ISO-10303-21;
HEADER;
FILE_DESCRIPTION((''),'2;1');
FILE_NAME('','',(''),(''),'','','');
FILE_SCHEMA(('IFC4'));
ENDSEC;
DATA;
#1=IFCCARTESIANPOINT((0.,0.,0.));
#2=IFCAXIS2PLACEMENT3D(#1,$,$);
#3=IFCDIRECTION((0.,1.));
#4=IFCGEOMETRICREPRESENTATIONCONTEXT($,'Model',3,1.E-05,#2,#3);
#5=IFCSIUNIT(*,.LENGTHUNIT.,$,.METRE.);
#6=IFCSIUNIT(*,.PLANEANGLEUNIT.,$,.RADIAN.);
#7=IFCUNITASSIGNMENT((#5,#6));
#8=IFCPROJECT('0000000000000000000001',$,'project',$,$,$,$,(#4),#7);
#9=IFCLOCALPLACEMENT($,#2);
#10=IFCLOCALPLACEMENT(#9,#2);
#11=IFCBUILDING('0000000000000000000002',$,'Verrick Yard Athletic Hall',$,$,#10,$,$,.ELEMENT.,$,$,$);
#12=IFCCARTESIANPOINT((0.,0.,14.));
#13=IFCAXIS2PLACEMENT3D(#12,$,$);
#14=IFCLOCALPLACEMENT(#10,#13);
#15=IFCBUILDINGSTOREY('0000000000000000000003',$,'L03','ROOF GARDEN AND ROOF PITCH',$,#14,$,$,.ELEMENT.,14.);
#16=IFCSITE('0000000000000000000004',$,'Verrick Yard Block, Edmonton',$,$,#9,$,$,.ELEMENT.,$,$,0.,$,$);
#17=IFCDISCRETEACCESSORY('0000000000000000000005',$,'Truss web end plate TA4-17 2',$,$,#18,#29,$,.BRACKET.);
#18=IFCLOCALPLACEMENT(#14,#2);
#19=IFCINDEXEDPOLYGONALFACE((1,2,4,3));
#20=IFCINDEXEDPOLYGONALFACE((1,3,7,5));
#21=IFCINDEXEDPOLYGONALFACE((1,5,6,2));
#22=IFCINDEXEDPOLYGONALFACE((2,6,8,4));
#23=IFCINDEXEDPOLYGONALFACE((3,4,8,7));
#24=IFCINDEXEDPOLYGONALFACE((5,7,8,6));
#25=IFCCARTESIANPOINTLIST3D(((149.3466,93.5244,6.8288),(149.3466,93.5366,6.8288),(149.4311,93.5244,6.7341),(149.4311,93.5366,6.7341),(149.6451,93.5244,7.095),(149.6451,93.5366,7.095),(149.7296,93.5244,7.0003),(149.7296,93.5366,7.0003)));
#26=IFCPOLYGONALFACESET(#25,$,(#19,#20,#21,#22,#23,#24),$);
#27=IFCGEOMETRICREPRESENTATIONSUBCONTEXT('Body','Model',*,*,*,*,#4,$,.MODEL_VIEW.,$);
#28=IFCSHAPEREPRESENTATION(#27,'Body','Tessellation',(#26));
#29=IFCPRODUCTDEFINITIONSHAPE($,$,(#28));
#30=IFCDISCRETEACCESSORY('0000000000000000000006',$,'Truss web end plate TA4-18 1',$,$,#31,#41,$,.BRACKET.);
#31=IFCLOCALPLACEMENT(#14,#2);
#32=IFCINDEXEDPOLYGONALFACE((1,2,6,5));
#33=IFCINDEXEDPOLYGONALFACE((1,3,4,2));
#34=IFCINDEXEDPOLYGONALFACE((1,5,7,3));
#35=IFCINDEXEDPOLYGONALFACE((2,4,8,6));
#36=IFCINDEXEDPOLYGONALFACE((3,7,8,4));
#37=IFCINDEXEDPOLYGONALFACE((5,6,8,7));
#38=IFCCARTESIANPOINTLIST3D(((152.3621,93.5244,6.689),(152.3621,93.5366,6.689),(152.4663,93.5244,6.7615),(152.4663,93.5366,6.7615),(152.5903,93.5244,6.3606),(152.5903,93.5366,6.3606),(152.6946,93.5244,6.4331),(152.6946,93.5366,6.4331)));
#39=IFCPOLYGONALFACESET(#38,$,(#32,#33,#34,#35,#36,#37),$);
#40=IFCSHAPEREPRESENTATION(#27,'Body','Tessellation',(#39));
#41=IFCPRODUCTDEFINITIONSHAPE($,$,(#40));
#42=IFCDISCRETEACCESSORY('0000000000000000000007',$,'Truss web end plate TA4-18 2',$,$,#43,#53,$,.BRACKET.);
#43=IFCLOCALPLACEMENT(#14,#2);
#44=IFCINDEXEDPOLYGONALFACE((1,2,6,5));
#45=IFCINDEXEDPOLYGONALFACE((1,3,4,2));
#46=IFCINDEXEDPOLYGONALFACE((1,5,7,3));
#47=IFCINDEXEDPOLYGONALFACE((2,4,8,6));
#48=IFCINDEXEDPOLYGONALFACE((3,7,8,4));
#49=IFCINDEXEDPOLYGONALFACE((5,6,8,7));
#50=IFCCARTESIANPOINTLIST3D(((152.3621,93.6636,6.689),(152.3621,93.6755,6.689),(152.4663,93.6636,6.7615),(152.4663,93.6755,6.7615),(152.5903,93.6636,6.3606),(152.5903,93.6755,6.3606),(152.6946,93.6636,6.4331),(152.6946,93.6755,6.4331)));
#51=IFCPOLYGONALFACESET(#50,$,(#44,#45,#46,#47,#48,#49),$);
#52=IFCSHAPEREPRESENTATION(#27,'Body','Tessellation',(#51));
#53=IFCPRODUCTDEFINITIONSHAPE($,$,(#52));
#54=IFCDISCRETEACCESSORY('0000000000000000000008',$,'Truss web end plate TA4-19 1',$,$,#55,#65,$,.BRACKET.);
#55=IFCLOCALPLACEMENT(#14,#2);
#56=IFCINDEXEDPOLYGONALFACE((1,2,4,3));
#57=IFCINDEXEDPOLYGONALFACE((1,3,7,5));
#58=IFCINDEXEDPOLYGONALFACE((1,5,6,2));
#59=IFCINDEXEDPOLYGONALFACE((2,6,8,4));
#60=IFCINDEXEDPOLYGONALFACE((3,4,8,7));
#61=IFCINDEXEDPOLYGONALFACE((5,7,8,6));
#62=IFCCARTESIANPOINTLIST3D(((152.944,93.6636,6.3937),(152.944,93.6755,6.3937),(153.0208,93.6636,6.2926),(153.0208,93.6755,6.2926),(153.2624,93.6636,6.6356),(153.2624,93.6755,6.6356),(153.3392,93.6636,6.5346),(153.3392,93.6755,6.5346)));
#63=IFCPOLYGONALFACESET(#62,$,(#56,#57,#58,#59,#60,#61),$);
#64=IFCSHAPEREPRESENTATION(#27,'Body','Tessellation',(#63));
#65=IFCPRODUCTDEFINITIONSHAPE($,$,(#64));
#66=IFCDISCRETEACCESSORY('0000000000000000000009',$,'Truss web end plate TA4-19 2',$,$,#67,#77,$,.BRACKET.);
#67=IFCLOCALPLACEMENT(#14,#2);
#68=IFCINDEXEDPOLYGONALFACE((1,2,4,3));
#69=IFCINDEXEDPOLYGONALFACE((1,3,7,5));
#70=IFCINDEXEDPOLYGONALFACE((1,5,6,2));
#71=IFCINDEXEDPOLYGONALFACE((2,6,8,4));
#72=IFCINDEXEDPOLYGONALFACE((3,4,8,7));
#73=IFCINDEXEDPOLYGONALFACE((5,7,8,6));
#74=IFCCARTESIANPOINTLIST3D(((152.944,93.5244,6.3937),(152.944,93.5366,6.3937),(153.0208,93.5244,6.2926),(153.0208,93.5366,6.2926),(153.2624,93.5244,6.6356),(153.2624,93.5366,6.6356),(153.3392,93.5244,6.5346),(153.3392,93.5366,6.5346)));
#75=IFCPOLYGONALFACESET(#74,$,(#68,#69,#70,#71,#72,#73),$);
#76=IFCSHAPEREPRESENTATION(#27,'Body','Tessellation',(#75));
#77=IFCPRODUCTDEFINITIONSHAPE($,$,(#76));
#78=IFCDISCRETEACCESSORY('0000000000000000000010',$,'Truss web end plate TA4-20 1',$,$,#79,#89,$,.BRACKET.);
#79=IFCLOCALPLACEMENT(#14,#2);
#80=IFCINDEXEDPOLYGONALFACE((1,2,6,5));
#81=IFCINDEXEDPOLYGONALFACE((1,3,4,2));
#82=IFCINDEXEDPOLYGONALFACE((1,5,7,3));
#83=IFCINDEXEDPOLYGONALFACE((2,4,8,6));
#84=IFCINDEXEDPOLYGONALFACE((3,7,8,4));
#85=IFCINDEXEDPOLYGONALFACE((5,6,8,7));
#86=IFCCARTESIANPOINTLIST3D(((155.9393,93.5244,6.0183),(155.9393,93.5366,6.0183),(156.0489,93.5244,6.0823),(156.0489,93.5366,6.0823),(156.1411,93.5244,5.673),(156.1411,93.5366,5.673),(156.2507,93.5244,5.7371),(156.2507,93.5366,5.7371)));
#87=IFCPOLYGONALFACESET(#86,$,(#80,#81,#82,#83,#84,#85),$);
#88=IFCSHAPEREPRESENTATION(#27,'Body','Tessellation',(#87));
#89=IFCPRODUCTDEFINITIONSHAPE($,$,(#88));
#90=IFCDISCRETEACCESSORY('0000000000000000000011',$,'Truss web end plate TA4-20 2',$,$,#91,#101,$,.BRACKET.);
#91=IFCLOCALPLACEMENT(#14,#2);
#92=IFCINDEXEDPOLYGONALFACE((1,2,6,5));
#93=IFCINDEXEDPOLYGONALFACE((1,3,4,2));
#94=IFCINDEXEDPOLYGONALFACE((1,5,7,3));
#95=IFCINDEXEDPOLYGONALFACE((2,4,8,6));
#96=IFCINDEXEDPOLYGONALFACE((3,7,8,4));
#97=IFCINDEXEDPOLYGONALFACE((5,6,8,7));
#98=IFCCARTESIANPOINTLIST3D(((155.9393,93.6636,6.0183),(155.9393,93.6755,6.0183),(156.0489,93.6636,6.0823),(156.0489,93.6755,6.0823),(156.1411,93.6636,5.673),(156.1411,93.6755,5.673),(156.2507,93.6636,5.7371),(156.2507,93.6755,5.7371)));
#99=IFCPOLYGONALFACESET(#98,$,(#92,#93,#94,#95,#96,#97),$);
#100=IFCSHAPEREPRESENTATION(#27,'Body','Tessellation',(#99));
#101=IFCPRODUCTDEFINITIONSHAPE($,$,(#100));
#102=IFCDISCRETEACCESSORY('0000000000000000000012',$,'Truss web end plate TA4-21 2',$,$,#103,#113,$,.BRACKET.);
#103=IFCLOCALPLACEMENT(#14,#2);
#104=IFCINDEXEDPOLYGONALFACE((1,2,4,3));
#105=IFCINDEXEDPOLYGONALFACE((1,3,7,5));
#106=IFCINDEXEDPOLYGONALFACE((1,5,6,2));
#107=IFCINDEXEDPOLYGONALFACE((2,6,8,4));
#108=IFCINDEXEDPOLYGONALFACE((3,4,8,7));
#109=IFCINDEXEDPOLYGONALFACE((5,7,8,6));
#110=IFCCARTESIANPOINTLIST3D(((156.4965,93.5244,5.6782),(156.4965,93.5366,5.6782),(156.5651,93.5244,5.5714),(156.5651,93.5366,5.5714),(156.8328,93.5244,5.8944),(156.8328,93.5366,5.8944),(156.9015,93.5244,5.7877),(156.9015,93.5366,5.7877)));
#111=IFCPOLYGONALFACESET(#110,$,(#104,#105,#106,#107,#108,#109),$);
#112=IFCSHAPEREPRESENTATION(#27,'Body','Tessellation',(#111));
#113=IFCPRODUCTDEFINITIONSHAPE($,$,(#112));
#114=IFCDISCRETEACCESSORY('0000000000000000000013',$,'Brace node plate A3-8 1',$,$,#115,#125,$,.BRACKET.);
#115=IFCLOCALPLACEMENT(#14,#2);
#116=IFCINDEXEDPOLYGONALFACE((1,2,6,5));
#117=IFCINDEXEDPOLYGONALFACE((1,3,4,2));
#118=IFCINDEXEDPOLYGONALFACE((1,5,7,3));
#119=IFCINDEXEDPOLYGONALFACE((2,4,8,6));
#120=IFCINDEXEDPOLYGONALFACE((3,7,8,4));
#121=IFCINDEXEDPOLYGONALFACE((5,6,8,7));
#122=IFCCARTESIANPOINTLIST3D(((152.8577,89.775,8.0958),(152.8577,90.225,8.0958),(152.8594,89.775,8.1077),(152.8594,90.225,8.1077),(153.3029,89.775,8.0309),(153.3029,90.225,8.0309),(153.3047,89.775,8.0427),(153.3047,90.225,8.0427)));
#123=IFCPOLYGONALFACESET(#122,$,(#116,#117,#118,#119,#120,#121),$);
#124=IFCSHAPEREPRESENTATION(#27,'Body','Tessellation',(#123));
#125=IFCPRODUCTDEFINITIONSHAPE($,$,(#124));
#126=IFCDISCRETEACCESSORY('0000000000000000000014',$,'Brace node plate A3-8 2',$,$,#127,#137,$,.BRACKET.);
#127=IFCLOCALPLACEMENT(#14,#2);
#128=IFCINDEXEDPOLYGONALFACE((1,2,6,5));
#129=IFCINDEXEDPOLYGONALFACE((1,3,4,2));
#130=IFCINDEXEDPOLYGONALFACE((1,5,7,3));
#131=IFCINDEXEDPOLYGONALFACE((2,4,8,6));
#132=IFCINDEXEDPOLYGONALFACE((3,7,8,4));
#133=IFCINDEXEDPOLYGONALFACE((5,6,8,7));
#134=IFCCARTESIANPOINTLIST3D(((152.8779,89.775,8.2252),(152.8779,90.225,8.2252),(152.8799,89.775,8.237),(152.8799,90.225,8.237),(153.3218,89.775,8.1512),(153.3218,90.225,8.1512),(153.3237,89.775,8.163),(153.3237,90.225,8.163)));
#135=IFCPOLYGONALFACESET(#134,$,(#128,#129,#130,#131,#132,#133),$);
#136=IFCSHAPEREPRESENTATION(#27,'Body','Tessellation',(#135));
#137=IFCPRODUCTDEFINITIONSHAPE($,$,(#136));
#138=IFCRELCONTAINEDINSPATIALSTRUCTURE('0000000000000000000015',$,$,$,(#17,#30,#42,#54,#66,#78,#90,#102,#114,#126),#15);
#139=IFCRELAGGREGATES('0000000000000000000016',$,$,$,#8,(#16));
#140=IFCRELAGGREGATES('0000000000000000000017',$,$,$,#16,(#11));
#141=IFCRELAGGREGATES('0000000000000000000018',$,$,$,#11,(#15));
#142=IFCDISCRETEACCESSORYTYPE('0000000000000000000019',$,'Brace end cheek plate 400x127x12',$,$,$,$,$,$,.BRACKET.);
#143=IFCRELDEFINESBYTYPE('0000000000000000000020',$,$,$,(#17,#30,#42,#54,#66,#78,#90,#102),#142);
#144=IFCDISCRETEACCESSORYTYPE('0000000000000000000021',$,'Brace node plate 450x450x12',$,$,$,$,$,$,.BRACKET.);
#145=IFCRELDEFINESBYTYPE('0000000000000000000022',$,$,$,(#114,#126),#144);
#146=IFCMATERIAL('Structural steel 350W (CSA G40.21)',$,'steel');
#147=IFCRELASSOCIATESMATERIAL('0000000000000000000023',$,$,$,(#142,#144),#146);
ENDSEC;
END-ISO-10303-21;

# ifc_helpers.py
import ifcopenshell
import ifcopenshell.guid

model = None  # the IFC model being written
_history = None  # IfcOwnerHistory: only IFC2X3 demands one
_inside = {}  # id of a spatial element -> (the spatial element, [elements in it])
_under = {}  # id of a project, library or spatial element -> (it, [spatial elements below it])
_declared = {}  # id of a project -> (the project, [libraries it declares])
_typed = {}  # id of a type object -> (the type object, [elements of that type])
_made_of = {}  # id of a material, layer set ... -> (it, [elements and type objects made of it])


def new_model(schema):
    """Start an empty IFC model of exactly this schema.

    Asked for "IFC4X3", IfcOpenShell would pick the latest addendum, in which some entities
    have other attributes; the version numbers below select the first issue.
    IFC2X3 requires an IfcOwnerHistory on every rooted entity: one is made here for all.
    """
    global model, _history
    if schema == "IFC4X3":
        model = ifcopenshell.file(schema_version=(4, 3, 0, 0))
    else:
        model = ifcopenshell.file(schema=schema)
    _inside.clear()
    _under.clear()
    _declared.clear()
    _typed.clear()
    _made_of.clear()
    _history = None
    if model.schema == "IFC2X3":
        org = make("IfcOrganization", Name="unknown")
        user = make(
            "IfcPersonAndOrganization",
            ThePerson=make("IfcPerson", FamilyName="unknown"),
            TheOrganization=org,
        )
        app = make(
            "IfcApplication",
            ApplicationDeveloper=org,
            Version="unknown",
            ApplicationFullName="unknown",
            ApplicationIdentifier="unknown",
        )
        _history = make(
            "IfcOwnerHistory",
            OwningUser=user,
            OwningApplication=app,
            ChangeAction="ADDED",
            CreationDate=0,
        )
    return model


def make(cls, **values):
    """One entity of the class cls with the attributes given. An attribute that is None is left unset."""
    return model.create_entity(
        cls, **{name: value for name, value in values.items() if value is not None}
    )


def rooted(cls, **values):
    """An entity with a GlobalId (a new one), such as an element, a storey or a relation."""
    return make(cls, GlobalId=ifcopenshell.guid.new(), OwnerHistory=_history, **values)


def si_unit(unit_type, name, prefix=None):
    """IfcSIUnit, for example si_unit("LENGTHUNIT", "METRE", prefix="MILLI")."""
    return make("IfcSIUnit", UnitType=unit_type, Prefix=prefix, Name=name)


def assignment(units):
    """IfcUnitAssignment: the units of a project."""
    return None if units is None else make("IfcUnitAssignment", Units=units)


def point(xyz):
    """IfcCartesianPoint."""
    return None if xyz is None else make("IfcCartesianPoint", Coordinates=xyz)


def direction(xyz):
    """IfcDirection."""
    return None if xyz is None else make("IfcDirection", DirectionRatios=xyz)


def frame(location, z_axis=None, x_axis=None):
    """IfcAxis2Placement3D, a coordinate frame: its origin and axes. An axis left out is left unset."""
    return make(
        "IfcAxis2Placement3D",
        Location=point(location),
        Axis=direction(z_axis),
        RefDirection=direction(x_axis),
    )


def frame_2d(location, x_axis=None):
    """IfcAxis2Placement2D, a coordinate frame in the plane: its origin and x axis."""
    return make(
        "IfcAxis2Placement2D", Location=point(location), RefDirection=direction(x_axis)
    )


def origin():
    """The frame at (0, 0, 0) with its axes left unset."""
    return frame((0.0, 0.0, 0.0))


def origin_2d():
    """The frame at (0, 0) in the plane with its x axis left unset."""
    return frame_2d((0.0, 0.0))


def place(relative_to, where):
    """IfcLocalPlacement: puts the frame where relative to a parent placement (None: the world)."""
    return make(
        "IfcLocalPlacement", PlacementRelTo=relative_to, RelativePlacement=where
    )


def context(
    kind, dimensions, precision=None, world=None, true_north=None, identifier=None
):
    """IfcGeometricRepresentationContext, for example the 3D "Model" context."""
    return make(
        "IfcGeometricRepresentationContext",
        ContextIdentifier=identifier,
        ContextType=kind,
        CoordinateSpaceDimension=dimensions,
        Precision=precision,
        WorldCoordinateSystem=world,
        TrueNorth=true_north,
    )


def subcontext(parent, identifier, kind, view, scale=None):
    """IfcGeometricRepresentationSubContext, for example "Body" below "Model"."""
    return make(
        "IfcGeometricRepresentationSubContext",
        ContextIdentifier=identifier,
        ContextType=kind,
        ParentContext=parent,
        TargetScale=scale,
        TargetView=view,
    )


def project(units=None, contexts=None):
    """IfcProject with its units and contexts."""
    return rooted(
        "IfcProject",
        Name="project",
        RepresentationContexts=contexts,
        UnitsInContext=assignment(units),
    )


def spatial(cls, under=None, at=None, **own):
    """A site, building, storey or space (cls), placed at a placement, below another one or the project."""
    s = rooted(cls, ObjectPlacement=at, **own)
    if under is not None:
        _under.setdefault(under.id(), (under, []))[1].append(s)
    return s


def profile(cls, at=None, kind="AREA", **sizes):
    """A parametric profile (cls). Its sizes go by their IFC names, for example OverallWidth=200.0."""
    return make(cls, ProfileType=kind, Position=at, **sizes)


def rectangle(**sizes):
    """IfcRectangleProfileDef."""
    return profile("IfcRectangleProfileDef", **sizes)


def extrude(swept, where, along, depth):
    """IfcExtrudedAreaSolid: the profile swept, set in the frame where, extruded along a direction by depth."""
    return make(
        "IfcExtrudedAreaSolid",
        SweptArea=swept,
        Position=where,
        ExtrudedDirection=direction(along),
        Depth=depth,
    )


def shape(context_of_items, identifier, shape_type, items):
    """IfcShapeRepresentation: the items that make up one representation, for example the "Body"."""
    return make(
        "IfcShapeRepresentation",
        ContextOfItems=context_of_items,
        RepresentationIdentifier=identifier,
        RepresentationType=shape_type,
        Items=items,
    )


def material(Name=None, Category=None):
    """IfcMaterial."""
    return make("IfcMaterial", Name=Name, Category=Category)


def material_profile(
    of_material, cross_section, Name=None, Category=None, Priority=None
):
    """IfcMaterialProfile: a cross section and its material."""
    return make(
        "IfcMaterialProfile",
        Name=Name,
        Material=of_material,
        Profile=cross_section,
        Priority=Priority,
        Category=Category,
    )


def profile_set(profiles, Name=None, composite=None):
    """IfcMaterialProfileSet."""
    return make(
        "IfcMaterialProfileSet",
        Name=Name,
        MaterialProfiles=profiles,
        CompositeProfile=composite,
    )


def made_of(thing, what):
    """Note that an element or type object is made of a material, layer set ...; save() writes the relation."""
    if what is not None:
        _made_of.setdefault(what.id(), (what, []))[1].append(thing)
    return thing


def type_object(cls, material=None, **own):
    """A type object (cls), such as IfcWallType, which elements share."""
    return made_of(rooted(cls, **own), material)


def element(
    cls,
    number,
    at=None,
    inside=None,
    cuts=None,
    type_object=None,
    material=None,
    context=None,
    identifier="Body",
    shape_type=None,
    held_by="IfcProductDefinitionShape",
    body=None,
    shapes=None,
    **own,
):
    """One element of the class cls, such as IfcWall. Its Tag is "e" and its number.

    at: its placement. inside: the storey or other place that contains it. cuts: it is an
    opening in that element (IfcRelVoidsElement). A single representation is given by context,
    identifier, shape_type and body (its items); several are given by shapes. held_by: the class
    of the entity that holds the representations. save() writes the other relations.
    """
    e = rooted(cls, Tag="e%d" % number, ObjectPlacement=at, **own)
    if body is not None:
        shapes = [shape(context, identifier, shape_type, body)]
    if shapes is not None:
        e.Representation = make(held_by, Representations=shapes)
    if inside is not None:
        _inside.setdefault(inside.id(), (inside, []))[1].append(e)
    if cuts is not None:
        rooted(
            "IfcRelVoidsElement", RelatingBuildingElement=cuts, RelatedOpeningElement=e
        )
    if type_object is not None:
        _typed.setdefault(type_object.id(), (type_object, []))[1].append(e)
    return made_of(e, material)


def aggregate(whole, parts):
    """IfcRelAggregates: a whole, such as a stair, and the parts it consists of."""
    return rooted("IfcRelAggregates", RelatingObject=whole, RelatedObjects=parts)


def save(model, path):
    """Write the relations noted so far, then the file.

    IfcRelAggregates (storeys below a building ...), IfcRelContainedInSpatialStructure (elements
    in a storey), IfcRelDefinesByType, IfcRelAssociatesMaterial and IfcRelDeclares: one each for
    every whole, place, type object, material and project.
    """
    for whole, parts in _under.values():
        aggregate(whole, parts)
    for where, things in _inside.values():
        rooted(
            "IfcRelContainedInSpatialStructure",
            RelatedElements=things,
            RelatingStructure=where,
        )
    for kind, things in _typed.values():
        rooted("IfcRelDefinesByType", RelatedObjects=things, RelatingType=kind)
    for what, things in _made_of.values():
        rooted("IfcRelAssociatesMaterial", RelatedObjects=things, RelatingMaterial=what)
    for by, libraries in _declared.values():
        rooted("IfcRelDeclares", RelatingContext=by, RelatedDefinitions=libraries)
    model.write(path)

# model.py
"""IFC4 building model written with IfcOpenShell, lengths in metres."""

from ifc_helpers import new_model, si_unit, direction, frame, origin, origin_2d, place, context, subcontext, project, spatial, rectangle, extrude, material, material_profile, profile_set, type_object, element, save


model = new_model("IFC4")

# Units and contexts
model_context = context("Model", 3, precision=1e-05, world=origin(), true_north=direction((0.0, 1.0)))
body_context = subcontext(model_context, "Body", "Model", "MODEL_VIEW")
ifc_project = project(units=[si_unit("LENGTHUNIT", "METRE"), si_unit("PLANEANGLEUNIT", "RADIAN")], contexts=[model_context])

# Site, building, storey
site_placement = place(None, origin())
site = spatial("IfcSite", under=ifc_project, at=site_placement, Name="Verrick Yard Block, Edmonton", CompositionType="ELEMENT", RefElevation=0.0)
building_placement = place(site_placement, origin())
building = spatial("IfcBuilding", under=site, at=building_placement, Name="Verrick Yard Athletic Hall", CompositionType="ELEMENT")
storey_placement = place(building_placement, frame((0.0, 0.0, 14.0)))
storey = spatial("IfcBuildingStorey", under=building, at=storey_placement, Name="L03", Description="ROOF GARDEN AND ROOF PITCH", CompositionType="ELEMENT", Elevation=14.0)

# Discrete accessories
ifc_material_1 = material(Name="Structural steel 350W (CSA G40.21)", Category="steel")
ifc_material_profile_1 = material_profile(ifc_material_1, rectangle(XDim=0.3999, YDim=0.127, at=origin_2d()), Name="Brace end cheek plate")
ifc_profile_set_1 = profile_set([ifc_material_profile_1], Name="Structural steel 350W (CSA G40.21)")
discrete_accessory_type_1 = type_object("IfcDiscreteAccessoryType", Name="Brace end cheek plate 400x127x12", PredefinedType="BRACKET", material=ifc_profile_set_1)
for number, where, z_axis, x_axis, name in (
    (1, (149.5381, 93.5366, 6.9146), (0.0, -1.0, 0.0), (0.746352, 0.0, 0.665551), "Truss web end plate TA4-17 2"),
    (2, (152.5283, 93.5366, 6.561), (0.0, -1.0, 0.0), (-0.570674, 0.0, 0.821176), "Truss web end plate TA4-18 1"),
):
    element("IfcDiscreteAccessory", number, at=place(storey_placement, frame(where, z_axis=z_axis, x_axis=x_axis)), inside=storey, type_object=discrete_accessory_type_1, Name=name, PredefinedType="BRACKET", context=body_context, shape_type="SweptSolid", body=[
        extrude(rectangle(XDim=0.3999, YDim=0.127, at=origin_2d()), origin(), (0.0, 0.0, 1.0), 0.0122),
    ])
for number, where, z_axis, x_axis, name in (
    (3, (152.5283, 93.6636, 6.561), (0.0, 1.0, 0.0), (-0.570674, 0.0, 0.821176), "Truss web end plate TA4-18 2"),
    (4, (153.1416, 93.6636, 6.4641), (0.0, 1.0, 0.0), (0.796193, 0.0, 0.605042), "Truss web end plate TA4-19 1"),
):
    element("IfcDiscreteAccessory", number, at=place(storey_placement, frame(where, z_axis=z_axis, x_axis=x_axis)), inside=storey, type_object=discrete_accessory_type_1, Name=name, PredefinedType="BRACKET", context=body_context, shape_type="SweptSolid", body=[
        extrude(rectangle(XDim=0.3999, YDim=0.127, at=origin_2d()), origin(), (0.0, 0.0, 1.0), 0.012),
    ])
for number, where, z_axis, x_axis, name in (
    (5, (153.1416, 93.5366, 6.4641), (0.0, -1.0, 0.0), (0.796193, 0.0, 0.605042), "Truss web end plate TA4-19 2"),
    (6, (156.095, 93.5366, 5.8777), (0.0, -1.0, 0.0), (-0.504597, 0.0, 0.863355), "Truss web end plate TA4-20 1"),
):
    element("IfcDiscreteAccessory", number, at=place(storey_placement, frame(where, z_axis=z_axis, x_axis=x_axis)), inside=storey, type_object=discrete_accessory_type_1, Name=name, PredefinedType="BRACKET", context=body_context, shape_type="SweptSolid", body=[
        extrude(rectangle(XDim=0.3999, YDim=0.127, at=origin_2d()), origin(), (0.0, 0.0, 1.0), 0.0122),
    ])
discrete_accessory_1_placement = place(storey_placement, frame((156.095, 93.6636, 5.8777), z_axis=(0.0, 1.0, 0.0), x_axis=(-0.504597, 0.0, 0.863355)))
element("IfcDiscreteAccessory", 7, at=discrete_accessory_1_placement, inside=storey, type_object=discrete_accessory_type_1, Name="Truss web end plate TA4-20 2", PredefinedType="BRACKET", context=body_context, shape_type="SweptSolid", body=[
    extrude(rectangle(XDim=0.3999, YDim=0.127, at=origin_2d()), origin(), (0.0, 0.0, 1.0), 0.012),
])
discrete_accessory_2_placement = place(storey_placement, frame((156.699, 93.5366, 5.7329), z_axis=(0.0, -1.0, 0.0), x_axis=(0.841141, 0.0, 0.540816)))
element("IfcDiscreteAccessory", 8, at=discrete_accessory_2_placement, inside=storey, type_object=discrete_accessory_type_1, Name="Truss web end plate TA4-21 2", PredefinedType="BRACKET", context=body_context, shape_type="SweptSolid", body=[
    extrude(rectangle(XDim=0.3999, YDim=0.127, at=origin_2d()), origin(), (0.0, 0.0, 1.0), 0.0122),
])
ifc_material_profile_2 = material_profile(ifc_material_1, rectangle(XDim=0.45, YDim=0.45, at=origin_2d()), Name="Brace node plate")
ifc_profile_set_2 = profile_set([ifc_material_profile_2], Name="Structural steel 350W (CSA G40.21)")
discrete_accessory_type_2 = type_object("IfcDiscreteAccessoryType", Name="Brace node plate 450x450x12", PredefinedType="BRACKET", material=ifc_profile_set_2)
for number, where, z_axis, x_axis, name in (
    (9, (153.082, 90.0, 8.0752), (-0.144307, 0.0, -0.989533), (0.0, -1.0, 0.0), "Brace node plate A3-8 1"),
    (10, (153.0999, 90.0, 8.1882), (0.164399, 0.0, 0.986394), (0.0, 1.0, 0.0), "Brace node plate A3-8 2"),
):
    element("IfcDiscreteAccessory", number, at=place(storey_placement, frame(where, z_axis=z_axis, x_axis=x_axis)), inside=storey, type_object=discrete_accessory_type_2, Name=name, PredefinedType="BRACKET", context=body_context, shape_type="SweptSolid", body=[
        extrude(rectangle(XDim=0.45, YDim=0.45, at=origin_2d()), origin(), (0.0, 0.0, 1.0), 0.012),
    ])

save(model, "model.ifc")
